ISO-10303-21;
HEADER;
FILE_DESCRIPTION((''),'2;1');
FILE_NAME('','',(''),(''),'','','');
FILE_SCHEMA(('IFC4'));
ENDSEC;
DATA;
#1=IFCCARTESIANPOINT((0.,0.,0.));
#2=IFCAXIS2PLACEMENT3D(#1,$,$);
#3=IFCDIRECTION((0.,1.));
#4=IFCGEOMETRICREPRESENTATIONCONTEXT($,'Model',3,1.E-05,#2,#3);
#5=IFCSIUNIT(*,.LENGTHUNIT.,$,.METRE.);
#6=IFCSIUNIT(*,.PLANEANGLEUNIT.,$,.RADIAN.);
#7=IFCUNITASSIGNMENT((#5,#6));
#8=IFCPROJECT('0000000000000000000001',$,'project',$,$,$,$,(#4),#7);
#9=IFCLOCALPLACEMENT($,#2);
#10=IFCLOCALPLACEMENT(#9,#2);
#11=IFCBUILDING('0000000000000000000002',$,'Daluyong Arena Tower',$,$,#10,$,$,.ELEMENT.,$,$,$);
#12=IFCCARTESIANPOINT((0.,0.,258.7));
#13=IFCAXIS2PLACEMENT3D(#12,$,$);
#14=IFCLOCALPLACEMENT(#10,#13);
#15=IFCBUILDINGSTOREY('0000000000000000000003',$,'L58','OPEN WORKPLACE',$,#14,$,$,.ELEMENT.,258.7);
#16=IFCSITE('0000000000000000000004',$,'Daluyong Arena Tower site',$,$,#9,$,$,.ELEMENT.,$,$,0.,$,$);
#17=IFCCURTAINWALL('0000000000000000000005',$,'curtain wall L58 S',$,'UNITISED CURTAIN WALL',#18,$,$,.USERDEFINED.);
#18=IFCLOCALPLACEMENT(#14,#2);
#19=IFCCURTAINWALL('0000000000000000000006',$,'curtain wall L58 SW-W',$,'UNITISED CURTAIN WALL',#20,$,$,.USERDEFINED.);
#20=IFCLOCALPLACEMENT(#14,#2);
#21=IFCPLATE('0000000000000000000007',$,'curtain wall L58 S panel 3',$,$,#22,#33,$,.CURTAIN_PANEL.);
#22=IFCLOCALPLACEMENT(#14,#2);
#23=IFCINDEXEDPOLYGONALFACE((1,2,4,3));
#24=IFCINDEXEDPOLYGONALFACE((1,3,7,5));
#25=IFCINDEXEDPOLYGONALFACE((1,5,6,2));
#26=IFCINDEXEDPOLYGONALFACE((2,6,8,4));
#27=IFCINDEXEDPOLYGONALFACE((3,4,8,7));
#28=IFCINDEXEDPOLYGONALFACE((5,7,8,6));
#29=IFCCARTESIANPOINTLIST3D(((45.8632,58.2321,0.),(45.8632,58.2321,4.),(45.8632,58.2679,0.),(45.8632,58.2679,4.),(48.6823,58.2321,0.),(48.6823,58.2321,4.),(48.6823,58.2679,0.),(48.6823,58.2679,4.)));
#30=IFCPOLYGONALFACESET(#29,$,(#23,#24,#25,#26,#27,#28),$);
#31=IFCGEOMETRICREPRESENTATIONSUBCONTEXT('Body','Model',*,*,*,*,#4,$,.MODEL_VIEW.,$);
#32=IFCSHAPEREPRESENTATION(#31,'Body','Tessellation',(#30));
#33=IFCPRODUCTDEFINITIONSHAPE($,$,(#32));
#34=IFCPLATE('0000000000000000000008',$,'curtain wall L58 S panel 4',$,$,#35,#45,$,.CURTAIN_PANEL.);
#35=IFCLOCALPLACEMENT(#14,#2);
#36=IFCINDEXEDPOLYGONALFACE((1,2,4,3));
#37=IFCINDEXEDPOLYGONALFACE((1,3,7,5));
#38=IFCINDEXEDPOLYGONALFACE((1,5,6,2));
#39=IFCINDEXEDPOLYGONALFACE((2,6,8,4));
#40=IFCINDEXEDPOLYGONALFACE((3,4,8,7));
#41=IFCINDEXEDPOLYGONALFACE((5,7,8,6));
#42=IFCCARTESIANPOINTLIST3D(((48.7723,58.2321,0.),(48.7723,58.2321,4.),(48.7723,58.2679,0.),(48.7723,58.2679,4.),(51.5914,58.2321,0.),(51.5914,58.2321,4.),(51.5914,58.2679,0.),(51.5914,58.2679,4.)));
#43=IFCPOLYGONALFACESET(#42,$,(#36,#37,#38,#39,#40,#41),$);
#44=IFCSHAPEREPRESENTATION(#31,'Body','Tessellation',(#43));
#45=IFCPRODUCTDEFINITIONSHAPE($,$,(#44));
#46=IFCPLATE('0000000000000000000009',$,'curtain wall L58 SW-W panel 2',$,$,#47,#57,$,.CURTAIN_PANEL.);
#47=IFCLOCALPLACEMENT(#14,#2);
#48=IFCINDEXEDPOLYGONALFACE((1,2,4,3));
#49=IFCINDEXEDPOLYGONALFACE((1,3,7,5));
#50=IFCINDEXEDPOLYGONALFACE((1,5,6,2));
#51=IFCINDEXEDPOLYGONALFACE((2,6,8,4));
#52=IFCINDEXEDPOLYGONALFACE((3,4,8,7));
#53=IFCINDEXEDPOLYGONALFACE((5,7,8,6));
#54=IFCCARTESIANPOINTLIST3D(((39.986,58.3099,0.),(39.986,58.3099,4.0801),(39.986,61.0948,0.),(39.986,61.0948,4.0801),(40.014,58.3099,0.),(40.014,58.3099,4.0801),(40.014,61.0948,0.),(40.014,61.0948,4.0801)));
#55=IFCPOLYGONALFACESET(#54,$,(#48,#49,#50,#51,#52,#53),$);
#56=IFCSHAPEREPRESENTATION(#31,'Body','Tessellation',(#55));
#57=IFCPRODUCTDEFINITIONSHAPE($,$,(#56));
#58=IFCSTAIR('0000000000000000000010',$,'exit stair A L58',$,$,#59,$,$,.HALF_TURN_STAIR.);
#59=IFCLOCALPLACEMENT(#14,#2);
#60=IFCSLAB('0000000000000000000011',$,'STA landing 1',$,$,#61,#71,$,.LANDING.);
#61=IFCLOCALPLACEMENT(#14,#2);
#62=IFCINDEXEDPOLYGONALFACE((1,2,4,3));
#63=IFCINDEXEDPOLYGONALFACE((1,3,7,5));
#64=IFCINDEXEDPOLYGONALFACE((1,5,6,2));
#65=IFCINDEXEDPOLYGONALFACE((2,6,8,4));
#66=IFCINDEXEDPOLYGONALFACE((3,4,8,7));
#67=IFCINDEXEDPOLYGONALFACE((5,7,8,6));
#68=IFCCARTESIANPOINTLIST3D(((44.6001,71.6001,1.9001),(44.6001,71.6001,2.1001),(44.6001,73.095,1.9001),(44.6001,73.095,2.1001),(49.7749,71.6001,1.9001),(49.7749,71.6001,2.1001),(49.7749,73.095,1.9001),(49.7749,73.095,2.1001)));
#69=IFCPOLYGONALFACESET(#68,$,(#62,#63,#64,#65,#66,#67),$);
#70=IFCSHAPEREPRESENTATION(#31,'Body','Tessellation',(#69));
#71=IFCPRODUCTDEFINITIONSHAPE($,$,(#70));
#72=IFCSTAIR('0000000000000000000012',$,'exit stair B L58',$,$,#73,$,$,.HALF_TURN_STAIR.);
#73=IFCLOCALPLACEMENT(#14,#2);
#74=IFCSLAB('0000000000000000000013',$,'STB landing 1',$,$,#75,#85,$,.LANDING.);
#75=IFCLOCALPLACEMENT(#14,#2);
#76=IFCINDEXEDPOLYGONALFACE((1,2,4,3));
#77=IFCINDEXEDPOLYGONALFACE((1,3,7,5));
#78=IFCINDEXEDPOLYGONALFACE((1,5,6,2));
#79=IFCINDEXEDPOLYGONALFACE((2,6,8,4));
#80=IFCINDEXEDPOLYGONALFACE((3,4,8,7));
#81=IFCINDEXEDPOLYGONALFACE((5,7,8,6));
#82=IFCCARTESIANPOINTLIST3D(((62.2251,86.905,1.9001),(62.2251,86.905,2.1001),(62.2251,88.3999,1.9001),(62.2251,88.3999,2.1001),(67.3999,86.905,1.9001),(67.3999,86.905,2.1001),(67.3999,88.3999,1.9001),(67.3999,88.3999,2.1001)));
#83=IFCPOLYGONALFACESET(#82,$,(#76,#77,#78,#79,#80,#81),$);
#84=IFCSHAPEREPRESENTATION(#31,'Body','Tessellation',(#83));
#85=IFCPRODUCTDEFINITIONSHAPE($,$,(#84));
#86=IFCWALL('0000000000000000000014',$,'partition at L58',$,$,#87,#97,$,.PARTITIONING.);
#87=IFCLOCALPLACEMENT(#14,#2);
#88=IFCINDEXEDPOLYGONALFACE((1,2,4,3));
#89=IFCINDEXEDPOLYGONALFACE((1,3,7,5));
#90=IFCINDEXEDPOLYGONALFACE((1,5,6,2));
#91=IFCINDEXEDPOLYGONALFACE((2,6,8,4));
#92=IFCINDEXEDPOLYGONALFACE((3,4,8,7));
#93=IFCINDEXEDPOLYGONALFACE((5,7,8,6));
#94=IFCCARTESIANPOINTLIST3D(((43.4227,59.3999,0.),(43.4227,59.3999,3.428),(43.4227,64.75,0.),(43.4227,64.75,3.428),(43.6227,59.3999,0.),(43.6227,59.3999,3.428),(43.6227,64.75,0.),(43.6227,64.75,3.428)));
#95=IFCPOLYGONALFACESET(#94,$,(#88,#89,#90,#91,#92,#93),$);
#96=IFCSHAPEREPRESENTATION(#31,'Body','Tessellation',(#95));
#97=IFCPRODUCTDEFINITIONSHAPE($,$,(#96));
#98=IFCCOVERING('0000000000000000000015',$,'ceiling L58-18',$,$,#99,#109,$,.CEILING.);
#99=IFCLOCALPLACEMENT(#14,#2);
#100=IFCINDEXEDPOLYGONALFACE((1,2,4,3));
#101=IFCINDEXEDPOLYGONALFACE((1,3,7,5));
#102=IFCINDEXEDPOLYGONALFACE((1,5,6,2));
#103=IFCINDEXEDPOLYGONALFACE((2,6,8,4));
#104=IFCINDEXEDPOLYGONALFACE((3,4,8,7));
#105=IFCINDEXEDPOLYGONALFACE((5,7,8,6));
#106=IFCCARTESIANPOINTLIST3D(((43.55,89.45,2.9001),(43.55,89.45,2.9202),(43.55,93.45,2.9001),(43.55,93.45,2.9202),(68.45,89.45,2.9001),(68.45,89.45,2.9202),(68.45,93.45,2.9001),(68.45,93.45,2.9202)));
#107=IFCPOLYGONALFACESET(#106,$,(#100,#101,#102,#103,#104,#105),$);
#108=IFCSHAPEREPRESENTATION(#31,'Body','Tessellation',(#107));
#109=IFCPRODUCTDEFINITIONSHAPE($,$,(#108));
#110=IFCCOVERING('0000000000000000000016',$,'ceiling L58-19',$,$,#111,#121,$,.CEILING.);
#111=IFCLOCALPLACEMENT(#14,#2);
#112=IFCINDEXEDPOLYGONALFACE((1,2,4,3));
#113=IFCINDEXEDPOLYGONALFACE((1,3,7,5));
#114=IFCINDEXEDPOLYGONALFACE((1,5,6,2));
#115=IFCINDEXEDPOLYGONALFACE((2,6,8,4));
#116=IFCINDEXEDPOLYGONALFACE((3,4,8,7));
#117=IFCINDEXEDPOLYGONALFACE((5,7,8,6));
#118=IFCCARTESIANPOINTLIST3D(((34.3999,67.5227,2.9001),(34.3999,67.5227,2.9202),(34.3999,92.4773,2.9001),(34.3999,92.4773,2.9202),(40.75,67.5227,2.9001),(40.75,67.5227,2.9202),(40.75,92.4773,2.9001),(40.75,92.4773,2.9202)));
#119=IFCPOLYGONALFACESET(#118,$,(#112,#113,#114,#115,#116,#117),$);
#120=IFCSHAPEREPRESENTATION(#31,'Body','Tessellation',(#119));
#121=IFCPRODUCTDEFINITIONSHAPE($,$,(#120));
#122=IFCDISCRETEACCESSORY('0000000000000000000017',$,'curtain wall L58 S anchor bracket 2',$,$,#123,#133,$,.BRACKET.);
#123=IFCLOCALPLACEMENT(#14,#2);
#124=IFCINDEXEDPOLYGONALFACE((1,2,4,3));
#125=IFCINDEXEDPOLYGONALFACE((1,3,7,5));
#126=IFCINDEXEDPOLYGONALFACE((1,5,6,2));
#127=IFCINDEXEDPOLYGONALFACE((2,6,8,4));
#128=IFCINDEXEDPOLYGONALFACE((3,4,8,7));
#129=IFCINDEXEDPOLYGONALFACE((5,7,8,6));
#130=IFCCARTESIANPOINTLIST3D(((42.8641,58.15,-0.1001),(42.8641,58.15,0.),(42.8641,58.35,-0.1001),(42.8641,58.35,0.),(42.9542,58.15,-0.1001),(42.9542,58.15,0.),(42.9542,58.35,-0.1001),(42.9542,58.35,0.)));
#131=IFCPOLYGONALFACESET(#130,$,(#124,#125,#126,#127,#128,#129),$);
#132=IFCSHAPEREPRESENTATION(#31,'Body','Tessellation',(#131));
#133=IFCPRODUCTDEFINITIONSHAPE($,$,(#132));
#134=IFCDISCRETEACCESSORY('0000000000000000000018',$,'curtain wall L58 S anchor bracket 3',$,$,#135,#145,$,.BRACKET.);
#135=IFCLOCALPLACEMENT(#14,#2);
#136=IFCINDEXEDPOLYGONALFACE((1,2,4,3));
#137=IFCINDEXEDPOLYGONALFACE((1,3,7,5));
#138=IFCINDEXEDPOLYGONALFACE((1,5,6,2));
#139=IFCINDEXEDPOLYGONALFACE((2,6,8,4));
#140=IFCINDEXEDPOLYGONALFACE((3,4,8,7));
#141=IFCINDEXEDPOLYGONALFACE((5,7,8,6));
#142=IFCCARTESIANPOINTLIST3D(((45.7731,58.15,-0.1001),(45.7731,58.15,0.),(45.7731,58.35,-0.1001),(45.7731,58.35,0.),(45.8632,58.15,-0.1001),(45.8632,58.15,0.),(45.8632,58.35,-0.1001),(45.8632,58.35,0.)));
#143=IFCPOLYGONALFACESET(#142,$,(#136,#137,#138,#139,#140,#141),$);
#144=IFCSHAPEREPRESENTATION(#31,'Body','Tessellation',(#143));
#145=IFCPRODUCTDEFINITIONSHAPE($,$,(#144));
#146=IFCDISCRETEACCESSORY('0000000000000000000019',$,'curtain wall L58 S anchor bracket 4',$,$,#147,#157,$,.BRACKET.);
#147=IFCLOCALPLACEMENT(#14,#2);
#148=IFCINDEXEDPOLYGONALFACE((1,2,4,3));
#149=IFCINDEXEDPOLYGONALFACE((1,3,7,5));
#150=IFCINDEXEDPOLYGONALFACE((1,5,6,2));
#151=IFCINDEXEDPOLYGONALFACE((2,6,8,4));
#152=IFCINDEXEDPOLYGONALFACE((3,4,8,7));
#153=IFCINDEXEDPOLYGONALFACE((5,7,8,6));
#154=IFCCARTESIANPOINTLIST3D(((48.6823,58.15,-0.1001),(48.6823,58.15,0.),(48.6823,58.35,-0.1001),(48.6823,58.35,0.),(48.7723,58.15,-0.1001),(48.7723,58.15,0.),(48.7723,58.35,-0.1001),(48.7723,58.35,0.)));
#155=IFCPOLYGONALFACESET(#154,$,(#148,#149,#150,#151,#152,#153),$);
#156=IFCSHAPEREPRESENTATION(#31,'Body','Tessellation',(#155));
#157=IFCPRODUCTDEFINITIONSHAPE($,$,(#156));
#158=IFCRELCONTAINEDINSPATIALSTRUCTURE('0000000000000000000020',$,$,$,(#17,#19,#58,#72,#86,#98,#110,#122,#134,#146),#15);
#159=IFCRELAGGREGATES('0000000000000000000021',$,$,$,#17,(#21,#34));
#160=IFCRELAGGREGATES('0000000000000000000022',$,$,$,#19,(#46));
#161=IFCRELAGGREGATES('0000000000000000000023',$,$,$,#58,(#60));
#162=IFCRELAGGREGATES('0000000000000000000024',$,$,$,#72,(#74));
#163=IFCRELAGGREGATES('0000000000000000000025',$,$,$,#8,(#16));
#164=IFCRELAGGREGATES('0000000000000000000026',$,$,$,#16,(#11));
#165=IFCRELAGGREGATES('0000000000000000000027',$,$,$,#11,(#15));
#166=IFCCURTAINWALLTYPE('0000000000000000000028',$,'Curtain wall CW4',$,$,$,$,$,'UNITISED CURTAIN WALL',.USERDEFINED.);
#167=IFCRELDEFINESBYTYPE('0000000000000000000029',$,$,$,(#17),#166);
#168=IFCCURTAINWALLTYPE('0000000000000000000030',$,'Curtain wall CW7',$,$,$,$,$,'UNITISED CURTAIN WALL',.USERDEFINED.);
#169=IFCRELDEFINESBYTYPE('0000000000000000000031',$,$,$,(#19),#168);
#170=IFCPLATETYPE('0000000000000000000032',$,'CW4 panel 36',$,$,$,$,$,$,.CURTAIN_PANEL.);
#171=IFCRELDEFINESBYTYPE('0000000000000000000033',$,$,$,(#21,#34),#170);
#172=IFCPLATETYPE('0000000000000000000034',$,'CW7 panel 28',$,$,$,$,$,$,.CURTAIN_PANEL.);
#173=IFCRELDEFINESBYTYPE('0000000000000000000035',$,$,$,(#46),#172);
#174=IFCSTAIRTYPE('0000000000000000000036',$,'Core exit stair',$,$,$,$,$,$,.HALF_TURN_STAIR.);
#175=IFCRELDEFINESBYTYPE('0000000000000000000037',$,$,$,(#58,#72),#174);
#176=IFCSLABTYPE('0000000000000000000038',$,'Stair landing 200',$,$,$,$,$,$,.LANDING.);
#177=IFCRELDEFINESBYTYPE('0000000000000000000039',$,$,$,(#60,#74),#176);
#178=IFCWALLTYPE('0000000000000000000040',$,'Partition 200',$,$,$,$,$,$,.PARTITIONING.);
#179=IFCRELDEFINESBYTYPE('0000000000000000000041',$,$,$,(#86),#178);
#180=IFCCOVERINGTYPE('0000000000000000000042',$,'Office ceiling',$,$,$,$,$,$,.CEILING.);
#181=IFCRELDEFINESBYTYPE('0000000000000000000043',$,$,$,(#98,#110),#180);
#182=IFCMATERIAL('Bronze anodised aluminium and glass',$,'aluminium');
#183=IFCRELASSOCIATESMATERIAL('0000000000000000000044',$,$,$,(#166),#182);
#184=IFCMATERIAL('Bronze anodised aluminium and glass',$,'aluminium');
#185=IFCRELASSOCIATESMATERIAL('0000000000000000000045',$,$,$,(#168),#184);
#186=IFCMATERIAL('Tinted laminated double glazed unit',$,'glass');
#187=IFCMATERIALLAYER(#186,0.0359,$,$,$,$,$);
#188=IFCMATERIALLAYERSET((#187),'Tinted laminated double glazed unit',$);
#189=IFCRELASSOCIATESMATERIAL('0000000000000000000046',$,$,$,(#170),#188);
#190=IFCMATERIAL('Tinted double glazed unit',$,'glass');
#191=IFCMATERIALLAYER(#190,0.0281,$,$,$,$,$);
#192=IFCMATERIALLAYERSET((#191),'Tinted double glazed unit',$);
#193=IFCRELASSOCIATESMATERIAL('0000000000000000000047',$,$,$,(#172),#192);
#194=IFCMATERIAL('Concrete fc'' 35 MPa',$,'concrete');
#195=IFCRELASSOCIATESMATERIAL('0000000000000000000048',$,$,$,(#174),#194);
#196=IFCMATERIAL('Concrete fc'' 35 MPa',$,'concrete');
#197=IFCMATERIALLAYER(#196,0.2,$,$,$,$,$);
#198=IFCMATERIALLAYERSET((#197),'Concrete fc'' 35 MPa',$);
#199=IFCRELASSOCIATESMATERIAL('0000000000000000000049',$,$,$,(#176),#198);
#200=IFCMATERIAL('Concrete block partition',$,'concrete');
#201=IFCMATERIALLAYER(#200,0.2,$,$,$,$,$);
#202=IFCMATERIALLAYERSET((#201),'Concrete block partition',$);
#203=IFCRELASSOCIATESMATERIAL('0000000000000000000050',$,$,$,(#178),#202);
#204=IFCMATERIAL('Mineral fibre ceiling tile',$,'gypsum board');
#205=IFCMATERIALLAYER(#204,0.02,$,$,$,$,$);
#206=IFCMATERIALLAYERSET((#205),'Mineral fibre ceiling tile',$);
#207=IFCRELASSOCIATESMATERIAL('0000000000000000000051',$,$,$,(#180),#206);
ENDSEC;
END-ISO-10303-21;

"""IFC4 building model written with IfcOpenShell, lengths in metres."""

from ifc_helpers import new_model, si_unit, direction, frame, frame_2d, origin, origin_2d, place, context, subcontext, project, spatial, polyline, rectangle, outline, extrude, material, layer, layer_set, type_object, element, aggregate, save


model = new_model("IFC4")

# Units and contexts
model_context = context("Model", 3, precision=1e-05, world=origin(), true_north=direction((0.0, 1.0)))
body_context = subcontext(model_context, "Body", "Model", "MODEL_VIEW")
ifc_project = project(units=[si_unit("LENGTHUNIT", "METRE"), si_unit("PLANEANGLEUNIT", "RADIAN")], contexts=[model_context])

# Site, building, storey
site_placement = place(None, origin())
site = spatial("IfcSite", under=ifc_project, at=site_placement, Name="Daluyong Arena Tower site", CompositionType="ELEMENT", RefElevation=0.0)
building_placement = place(site_placement, origin())
building = spatial("IfcBuilding", under=site, at=building_placement, Name="Daluyong Arena Tower", CompositionType="ELEMENT")
storey_placement = place(building_placement, frame((0.0, 0.0, 258.7)))
storey = spatial("IfcBuildingStorey", under=building, at=storey_placement, Name="L58", Description="OPEN WORKPLACE", CompositionType="ELEMENT", Elevation=258.7)

# Curtain walls
ifc_material_1 = material(Name="Bronze anodised aluminium and glass", Category="aluminium")
curtain_wall_type_1 = type_object("IfcCurtainWallType", Name="Curtain wall CW4", ElementType="UNITISED CURTAIN WALL", PredefinedType="USERDEFINED", material=ifc_material_1)
curtain_wall_1_placement = place(storey_placement, origin())
curtain_wall_1 = element("IfcCurtainWall", 1, at=curtain_wall_1_placement, inside=storey, type_object=curtain_wall_type_1, Name="curtain wall L58 S", ObjectType="UNITISED CURTAIN WALL", PredefinedType="USERDEFINED")
ifc_material_2 = material(Name="Bronze anodised aluminium and glass", Category="aluminium")
curtain_wall_type_2 = type_object("IfcCurtainWallType", Name="Curtain wall CW7", ElementType="UNITISED CURTAIN WALL", PredefinedType="USERDEFINED", material=ifc_material_2)
curtain_wall_2_placement = place(storey_placement, origin())
curtain_wall_2 = element("IfcCurtainWall", 2, at=curtain_wall_2_placement, inside=storey, type_object=curtain_wall_type_2, Name="curtain wall L58 SW-W", ObjectType="UNITISED CURTAIN WALL", PredefinedType="USERDEFINED")

# Plates
ifc_material_3 = material(Name="Tinted laminated double glazed unit", Category="glass")
ifc_layer_1 = layer(ifc_material_3, 0.0359)
ifc_layer_set_1 = layer_set([ifc_layer_1], Name="Tinted laminated double glazed unit")
plate_type_1 = type_object("IfcPlateType", Name="CW4 panel 36", PredefinedType="CURTAIN_PANEL", material=ifc_layer_set_1)
plate_1_placement = place(storey_placement, frame((47.2727, 58.25, 0.0), z_axis=(0.0, 0.0, 1.0), x_axis=(1.0, 0.0, 0.0)))
plate_1 = element("IfcPlate", 3, at=plate_1_placement, type_object=plate_type_1, Name="curtain wall L58 S panel 3", PredefinedType="CURTAIN_PANEL", context=body_context, shape_type="SweptSolid", body=[
    extrude(rectangle(XDim=2.8191, YDim=0.0359, at=origin_2d()), origin(), (0.0, 0.0, 1.0), 4.0),
])
plate_2_placement = place(storey_placement, frame((50.1819, 58.25, 0.0), z_axis=(0.0, 0.0, 1.0), x_axis=(1.0, 0.0, 0.0)))
plate_2 = element("IfcPlate", 4, at=plate_2_placement, type_object=plate_type_1, Name="curtain wall L58 S panel 4", PredefinedType="CURTAIN_PANEL", context=body_context, shape_type="SweptSolid", body=[
    extrude(rectangle(XDim=2.8191, YDim=0.0359, at=origin_2d()), origin(), (0.0, 0.0, 1.0), 4.0),
])
aggregate(curtain_wall_1, [plate_1, plate_2])
ifc_material_4 = material(Name="Tinted double glazed unit", Category="glass")
ifc_layer_2 = layer(ifc_material_4, 0.0281)
ifc_layer_set_2 = layer_set([ifc_layer_2], Name="Tinted double glazed unit")
plate_type_2 = type_object("IfcPlateType", Name="CW7 panel 28", PredefinedType="CURTAIN_PANEL", material=ifc_layer_set_2)
plate_3_placement = place(storey_placement, frame((40.0, 59.7024, 0.0), z_axis=(0.0, 0.0, 1.0), x_axis=(0.0, -1.0, 0.0)))
plate_3 = element("IfcPlate", 5, at=plate_3_placement, type_object=plate_type_2, Name="curtain wall L58 SW-W panel 2", PredefinedType="CURTAIN_PANEL", context=body_context, shape_type="SweptSolid", body=[
    extrude(rectangle(XDim=2.7849, YDim=0.0281, at=origin_2d()), origin(), (0.0, 0.0, 1.0), 4.0801),
])
aggregate(curtain_wall_2, [plate_3])

# Stairs, slabs
ifc_material_5 = material(Name="Concrete fc' 35 MPa", Category="concrete")
stair_type = type_object("IfcStairType", Name="Core exit stair", PredefinedType="HALF_TURN_STAIR", material=ifc_material_5)
stair_1_placement = place(storey_placement, origin())
stair_1 = element("IfcStair", 6, at=stair_1_placement, inside=storey, type_object=stair_type, Name="exit stair A L58", PredefinedType="HALF_TURN_STAIR")
ifc_material_6 = material(Name="Concrete fc' 35 MPa", Category="concrete")
ifc_layer_3 = layer(ifc_material_6, 0.2)
ifc_layer_set_3 = layer_set([ifc_layer_3], Name="Concrete fc' 35 MPa")
slab_type = type_object("IfcSlabType", Name="Stair landing 200", PredefinedType="LANDING", material=ifc_layer_set_3)
slab_1_placement = place(storey_placement, frame((0.0, 0.0, 1.9001)))
slab_1 = element("IfcSlab", 7, at=slab_1_placement, type_object=slab_type, Name="STA landing 1", PredefinedType="LANDING", context=body_context, shape_type="SweptSolid", body=[
    extrude(outline(polyline([(44.6001, 71.6001), (49.7749, 71.6001), (49.7749, 73.095), (44.6001, 73.095), (44.6001, 71.6001)])), origin(), (0.0, 0.0, 1.0), 0.2),
])
aggregate(stair_1, [slab_1])
stair_2_placement = place(storey_placement, origin())
stair_2 = element("IfcStair", 8, at=stair_2_placement, inside=storey, type_object=stair_type, Name="exit stair B L58", PredefinedType="HALF_TURN_STAIR")
slab_2_placement = place(storey_placement, frame((0.0, 0.0, 1.9001)))
slab_2 = element("IfcSlab", 9, at=slab_2_placement, type_object=slab_type, Name="STB landing 1", PredefinedType="LANDING", context=body_context, shape_type="SweptSolid", body=[
    extrude(outline(polyline([(62.2251, 86.905), (67.3999, 86.905), (67.3999, 88.3999), (62.2251, 88.3999), (62.2251, 86.905)])), origin(), (0.0, 0.0, 1.0), 0.2),
])
aggregate(stair_2, [slab_2])

# Wall
ifc_material_7 = material(Name="Concrete block partition", Category="concrete")
ifc_layer_4 = layer(ifc_material_7, 0.2)
ifc_layer_set_4 = layer_set([ifc_layer_4], Name="Concrete block partition")
wall_type = type_object("IfcWallType", Name="Partition 200", PredefinedType="PARTITIONING", material=ifc_layer_set_4)
wall_placement = place(storey_placement, frame((43.5227, 59.3999, 0.0), z_axis=(0.0, 0.0, 1.0), x_axis=(0.0, 1.0, 0.0)))
element("IfcWall", 10, at=wall_placement, inside=storey, type_object=wall_type, Name="partition at L58", PredefinedType="PARTITIONING", context=body_context, shape_type="SweptSolid", body=[
    extrude(rectangle(XDim=5.3501, YDim=0.2, at=frame_2d((2.675, 0.0))), origin(), (0.0, 0.0, 1.0), 3.428),
])

# Coverings
ifc_material_8 = material(Name="Mineral fibre ceiling tile", Category="gypsum board")
ifc_layer_5 = layer(ifc_material_8, 0.02)
ifc_layer_set_5 = layer_set([ifc_layer_5], Name="Mineral fibre ceiling tile")
covering_type = type_object("IfcCoveringType", Name="Office ceiling", PredefinedType="CEILING", material=ifc_layer_set_5)
covering_1_placement = place(storey_placement, frame((0.0, 0.0, 2.9001)))
element("IfcCovering", 11, at=covering_1_placement, inside=storey, type_object=covering_type, Name="ceiling L58-18", PredefinedType="CEILING", context=body_context, shape_type="SweptSolid", body=[
    extrude(outline(polyline([(43.55, 93.45), (43.55, 89.45), (68.45, 89.45), (68.45, 93.45), (43.55, 93.45)])), origin(), (0.0, 0.0, 1.0), 0.02),
])
covering_2_placement = place(storey_placement, frame((0.0, 0.0, 2.9001)))
element("IfcCovering", 12, at=covering_2_placement, inside=storey, type_object=covering_type, Name="ceiling L58-19", PredefinedType="CEILING", context=body_context, shape_type="SweptSolid", body=[
    extrude(outline(polyline([(40.75, 67.5227), (40.75, 92.4773), (34.3999, 92.4773), (34.3999, 67.5227), (40.75, 67.5227)])), origin(), (0.0, 0.0, 1.0), 0.02),
])

# Discrete accessories
for number, where, z_axis, x_axis, name in (
    (13, (42.9092, 58.25, -0.1001), (0.0, 0.0, 1.0), (1.0, 0.0, 0.0), "curtain wall L58 S anchor bracket 2"),
    (14, (45.8181, 58.25, -0.1001), (0.0, 0.0, 1.0), (1.0, 0.0, 0.0), "curtain wall L58 S anchor bracket 3"),
    (15, (48.7273, 58.25, -0.1001), (0.0, 0.0, 1.0), (1.0, 0.0, 0.0), "curtain wall L58 S anchor bracket 4"),
):
    element("IfcDiscreteAccessory", number, at=place(storey_placement, frame(where, z_axis=z_axis, x_axis=x_axis)), inside=storey, Name=name, PredefinedType="BRACKET", context=body_context, shape_type="SweptSolid", body=[
        extrude(rectangle(XDim=0.0901, YDim=0.2, at=origin_2d()), origin(), (0.0, 0.0, 1.0), 0.1001),
    ])

save(model, "model.ifc")
